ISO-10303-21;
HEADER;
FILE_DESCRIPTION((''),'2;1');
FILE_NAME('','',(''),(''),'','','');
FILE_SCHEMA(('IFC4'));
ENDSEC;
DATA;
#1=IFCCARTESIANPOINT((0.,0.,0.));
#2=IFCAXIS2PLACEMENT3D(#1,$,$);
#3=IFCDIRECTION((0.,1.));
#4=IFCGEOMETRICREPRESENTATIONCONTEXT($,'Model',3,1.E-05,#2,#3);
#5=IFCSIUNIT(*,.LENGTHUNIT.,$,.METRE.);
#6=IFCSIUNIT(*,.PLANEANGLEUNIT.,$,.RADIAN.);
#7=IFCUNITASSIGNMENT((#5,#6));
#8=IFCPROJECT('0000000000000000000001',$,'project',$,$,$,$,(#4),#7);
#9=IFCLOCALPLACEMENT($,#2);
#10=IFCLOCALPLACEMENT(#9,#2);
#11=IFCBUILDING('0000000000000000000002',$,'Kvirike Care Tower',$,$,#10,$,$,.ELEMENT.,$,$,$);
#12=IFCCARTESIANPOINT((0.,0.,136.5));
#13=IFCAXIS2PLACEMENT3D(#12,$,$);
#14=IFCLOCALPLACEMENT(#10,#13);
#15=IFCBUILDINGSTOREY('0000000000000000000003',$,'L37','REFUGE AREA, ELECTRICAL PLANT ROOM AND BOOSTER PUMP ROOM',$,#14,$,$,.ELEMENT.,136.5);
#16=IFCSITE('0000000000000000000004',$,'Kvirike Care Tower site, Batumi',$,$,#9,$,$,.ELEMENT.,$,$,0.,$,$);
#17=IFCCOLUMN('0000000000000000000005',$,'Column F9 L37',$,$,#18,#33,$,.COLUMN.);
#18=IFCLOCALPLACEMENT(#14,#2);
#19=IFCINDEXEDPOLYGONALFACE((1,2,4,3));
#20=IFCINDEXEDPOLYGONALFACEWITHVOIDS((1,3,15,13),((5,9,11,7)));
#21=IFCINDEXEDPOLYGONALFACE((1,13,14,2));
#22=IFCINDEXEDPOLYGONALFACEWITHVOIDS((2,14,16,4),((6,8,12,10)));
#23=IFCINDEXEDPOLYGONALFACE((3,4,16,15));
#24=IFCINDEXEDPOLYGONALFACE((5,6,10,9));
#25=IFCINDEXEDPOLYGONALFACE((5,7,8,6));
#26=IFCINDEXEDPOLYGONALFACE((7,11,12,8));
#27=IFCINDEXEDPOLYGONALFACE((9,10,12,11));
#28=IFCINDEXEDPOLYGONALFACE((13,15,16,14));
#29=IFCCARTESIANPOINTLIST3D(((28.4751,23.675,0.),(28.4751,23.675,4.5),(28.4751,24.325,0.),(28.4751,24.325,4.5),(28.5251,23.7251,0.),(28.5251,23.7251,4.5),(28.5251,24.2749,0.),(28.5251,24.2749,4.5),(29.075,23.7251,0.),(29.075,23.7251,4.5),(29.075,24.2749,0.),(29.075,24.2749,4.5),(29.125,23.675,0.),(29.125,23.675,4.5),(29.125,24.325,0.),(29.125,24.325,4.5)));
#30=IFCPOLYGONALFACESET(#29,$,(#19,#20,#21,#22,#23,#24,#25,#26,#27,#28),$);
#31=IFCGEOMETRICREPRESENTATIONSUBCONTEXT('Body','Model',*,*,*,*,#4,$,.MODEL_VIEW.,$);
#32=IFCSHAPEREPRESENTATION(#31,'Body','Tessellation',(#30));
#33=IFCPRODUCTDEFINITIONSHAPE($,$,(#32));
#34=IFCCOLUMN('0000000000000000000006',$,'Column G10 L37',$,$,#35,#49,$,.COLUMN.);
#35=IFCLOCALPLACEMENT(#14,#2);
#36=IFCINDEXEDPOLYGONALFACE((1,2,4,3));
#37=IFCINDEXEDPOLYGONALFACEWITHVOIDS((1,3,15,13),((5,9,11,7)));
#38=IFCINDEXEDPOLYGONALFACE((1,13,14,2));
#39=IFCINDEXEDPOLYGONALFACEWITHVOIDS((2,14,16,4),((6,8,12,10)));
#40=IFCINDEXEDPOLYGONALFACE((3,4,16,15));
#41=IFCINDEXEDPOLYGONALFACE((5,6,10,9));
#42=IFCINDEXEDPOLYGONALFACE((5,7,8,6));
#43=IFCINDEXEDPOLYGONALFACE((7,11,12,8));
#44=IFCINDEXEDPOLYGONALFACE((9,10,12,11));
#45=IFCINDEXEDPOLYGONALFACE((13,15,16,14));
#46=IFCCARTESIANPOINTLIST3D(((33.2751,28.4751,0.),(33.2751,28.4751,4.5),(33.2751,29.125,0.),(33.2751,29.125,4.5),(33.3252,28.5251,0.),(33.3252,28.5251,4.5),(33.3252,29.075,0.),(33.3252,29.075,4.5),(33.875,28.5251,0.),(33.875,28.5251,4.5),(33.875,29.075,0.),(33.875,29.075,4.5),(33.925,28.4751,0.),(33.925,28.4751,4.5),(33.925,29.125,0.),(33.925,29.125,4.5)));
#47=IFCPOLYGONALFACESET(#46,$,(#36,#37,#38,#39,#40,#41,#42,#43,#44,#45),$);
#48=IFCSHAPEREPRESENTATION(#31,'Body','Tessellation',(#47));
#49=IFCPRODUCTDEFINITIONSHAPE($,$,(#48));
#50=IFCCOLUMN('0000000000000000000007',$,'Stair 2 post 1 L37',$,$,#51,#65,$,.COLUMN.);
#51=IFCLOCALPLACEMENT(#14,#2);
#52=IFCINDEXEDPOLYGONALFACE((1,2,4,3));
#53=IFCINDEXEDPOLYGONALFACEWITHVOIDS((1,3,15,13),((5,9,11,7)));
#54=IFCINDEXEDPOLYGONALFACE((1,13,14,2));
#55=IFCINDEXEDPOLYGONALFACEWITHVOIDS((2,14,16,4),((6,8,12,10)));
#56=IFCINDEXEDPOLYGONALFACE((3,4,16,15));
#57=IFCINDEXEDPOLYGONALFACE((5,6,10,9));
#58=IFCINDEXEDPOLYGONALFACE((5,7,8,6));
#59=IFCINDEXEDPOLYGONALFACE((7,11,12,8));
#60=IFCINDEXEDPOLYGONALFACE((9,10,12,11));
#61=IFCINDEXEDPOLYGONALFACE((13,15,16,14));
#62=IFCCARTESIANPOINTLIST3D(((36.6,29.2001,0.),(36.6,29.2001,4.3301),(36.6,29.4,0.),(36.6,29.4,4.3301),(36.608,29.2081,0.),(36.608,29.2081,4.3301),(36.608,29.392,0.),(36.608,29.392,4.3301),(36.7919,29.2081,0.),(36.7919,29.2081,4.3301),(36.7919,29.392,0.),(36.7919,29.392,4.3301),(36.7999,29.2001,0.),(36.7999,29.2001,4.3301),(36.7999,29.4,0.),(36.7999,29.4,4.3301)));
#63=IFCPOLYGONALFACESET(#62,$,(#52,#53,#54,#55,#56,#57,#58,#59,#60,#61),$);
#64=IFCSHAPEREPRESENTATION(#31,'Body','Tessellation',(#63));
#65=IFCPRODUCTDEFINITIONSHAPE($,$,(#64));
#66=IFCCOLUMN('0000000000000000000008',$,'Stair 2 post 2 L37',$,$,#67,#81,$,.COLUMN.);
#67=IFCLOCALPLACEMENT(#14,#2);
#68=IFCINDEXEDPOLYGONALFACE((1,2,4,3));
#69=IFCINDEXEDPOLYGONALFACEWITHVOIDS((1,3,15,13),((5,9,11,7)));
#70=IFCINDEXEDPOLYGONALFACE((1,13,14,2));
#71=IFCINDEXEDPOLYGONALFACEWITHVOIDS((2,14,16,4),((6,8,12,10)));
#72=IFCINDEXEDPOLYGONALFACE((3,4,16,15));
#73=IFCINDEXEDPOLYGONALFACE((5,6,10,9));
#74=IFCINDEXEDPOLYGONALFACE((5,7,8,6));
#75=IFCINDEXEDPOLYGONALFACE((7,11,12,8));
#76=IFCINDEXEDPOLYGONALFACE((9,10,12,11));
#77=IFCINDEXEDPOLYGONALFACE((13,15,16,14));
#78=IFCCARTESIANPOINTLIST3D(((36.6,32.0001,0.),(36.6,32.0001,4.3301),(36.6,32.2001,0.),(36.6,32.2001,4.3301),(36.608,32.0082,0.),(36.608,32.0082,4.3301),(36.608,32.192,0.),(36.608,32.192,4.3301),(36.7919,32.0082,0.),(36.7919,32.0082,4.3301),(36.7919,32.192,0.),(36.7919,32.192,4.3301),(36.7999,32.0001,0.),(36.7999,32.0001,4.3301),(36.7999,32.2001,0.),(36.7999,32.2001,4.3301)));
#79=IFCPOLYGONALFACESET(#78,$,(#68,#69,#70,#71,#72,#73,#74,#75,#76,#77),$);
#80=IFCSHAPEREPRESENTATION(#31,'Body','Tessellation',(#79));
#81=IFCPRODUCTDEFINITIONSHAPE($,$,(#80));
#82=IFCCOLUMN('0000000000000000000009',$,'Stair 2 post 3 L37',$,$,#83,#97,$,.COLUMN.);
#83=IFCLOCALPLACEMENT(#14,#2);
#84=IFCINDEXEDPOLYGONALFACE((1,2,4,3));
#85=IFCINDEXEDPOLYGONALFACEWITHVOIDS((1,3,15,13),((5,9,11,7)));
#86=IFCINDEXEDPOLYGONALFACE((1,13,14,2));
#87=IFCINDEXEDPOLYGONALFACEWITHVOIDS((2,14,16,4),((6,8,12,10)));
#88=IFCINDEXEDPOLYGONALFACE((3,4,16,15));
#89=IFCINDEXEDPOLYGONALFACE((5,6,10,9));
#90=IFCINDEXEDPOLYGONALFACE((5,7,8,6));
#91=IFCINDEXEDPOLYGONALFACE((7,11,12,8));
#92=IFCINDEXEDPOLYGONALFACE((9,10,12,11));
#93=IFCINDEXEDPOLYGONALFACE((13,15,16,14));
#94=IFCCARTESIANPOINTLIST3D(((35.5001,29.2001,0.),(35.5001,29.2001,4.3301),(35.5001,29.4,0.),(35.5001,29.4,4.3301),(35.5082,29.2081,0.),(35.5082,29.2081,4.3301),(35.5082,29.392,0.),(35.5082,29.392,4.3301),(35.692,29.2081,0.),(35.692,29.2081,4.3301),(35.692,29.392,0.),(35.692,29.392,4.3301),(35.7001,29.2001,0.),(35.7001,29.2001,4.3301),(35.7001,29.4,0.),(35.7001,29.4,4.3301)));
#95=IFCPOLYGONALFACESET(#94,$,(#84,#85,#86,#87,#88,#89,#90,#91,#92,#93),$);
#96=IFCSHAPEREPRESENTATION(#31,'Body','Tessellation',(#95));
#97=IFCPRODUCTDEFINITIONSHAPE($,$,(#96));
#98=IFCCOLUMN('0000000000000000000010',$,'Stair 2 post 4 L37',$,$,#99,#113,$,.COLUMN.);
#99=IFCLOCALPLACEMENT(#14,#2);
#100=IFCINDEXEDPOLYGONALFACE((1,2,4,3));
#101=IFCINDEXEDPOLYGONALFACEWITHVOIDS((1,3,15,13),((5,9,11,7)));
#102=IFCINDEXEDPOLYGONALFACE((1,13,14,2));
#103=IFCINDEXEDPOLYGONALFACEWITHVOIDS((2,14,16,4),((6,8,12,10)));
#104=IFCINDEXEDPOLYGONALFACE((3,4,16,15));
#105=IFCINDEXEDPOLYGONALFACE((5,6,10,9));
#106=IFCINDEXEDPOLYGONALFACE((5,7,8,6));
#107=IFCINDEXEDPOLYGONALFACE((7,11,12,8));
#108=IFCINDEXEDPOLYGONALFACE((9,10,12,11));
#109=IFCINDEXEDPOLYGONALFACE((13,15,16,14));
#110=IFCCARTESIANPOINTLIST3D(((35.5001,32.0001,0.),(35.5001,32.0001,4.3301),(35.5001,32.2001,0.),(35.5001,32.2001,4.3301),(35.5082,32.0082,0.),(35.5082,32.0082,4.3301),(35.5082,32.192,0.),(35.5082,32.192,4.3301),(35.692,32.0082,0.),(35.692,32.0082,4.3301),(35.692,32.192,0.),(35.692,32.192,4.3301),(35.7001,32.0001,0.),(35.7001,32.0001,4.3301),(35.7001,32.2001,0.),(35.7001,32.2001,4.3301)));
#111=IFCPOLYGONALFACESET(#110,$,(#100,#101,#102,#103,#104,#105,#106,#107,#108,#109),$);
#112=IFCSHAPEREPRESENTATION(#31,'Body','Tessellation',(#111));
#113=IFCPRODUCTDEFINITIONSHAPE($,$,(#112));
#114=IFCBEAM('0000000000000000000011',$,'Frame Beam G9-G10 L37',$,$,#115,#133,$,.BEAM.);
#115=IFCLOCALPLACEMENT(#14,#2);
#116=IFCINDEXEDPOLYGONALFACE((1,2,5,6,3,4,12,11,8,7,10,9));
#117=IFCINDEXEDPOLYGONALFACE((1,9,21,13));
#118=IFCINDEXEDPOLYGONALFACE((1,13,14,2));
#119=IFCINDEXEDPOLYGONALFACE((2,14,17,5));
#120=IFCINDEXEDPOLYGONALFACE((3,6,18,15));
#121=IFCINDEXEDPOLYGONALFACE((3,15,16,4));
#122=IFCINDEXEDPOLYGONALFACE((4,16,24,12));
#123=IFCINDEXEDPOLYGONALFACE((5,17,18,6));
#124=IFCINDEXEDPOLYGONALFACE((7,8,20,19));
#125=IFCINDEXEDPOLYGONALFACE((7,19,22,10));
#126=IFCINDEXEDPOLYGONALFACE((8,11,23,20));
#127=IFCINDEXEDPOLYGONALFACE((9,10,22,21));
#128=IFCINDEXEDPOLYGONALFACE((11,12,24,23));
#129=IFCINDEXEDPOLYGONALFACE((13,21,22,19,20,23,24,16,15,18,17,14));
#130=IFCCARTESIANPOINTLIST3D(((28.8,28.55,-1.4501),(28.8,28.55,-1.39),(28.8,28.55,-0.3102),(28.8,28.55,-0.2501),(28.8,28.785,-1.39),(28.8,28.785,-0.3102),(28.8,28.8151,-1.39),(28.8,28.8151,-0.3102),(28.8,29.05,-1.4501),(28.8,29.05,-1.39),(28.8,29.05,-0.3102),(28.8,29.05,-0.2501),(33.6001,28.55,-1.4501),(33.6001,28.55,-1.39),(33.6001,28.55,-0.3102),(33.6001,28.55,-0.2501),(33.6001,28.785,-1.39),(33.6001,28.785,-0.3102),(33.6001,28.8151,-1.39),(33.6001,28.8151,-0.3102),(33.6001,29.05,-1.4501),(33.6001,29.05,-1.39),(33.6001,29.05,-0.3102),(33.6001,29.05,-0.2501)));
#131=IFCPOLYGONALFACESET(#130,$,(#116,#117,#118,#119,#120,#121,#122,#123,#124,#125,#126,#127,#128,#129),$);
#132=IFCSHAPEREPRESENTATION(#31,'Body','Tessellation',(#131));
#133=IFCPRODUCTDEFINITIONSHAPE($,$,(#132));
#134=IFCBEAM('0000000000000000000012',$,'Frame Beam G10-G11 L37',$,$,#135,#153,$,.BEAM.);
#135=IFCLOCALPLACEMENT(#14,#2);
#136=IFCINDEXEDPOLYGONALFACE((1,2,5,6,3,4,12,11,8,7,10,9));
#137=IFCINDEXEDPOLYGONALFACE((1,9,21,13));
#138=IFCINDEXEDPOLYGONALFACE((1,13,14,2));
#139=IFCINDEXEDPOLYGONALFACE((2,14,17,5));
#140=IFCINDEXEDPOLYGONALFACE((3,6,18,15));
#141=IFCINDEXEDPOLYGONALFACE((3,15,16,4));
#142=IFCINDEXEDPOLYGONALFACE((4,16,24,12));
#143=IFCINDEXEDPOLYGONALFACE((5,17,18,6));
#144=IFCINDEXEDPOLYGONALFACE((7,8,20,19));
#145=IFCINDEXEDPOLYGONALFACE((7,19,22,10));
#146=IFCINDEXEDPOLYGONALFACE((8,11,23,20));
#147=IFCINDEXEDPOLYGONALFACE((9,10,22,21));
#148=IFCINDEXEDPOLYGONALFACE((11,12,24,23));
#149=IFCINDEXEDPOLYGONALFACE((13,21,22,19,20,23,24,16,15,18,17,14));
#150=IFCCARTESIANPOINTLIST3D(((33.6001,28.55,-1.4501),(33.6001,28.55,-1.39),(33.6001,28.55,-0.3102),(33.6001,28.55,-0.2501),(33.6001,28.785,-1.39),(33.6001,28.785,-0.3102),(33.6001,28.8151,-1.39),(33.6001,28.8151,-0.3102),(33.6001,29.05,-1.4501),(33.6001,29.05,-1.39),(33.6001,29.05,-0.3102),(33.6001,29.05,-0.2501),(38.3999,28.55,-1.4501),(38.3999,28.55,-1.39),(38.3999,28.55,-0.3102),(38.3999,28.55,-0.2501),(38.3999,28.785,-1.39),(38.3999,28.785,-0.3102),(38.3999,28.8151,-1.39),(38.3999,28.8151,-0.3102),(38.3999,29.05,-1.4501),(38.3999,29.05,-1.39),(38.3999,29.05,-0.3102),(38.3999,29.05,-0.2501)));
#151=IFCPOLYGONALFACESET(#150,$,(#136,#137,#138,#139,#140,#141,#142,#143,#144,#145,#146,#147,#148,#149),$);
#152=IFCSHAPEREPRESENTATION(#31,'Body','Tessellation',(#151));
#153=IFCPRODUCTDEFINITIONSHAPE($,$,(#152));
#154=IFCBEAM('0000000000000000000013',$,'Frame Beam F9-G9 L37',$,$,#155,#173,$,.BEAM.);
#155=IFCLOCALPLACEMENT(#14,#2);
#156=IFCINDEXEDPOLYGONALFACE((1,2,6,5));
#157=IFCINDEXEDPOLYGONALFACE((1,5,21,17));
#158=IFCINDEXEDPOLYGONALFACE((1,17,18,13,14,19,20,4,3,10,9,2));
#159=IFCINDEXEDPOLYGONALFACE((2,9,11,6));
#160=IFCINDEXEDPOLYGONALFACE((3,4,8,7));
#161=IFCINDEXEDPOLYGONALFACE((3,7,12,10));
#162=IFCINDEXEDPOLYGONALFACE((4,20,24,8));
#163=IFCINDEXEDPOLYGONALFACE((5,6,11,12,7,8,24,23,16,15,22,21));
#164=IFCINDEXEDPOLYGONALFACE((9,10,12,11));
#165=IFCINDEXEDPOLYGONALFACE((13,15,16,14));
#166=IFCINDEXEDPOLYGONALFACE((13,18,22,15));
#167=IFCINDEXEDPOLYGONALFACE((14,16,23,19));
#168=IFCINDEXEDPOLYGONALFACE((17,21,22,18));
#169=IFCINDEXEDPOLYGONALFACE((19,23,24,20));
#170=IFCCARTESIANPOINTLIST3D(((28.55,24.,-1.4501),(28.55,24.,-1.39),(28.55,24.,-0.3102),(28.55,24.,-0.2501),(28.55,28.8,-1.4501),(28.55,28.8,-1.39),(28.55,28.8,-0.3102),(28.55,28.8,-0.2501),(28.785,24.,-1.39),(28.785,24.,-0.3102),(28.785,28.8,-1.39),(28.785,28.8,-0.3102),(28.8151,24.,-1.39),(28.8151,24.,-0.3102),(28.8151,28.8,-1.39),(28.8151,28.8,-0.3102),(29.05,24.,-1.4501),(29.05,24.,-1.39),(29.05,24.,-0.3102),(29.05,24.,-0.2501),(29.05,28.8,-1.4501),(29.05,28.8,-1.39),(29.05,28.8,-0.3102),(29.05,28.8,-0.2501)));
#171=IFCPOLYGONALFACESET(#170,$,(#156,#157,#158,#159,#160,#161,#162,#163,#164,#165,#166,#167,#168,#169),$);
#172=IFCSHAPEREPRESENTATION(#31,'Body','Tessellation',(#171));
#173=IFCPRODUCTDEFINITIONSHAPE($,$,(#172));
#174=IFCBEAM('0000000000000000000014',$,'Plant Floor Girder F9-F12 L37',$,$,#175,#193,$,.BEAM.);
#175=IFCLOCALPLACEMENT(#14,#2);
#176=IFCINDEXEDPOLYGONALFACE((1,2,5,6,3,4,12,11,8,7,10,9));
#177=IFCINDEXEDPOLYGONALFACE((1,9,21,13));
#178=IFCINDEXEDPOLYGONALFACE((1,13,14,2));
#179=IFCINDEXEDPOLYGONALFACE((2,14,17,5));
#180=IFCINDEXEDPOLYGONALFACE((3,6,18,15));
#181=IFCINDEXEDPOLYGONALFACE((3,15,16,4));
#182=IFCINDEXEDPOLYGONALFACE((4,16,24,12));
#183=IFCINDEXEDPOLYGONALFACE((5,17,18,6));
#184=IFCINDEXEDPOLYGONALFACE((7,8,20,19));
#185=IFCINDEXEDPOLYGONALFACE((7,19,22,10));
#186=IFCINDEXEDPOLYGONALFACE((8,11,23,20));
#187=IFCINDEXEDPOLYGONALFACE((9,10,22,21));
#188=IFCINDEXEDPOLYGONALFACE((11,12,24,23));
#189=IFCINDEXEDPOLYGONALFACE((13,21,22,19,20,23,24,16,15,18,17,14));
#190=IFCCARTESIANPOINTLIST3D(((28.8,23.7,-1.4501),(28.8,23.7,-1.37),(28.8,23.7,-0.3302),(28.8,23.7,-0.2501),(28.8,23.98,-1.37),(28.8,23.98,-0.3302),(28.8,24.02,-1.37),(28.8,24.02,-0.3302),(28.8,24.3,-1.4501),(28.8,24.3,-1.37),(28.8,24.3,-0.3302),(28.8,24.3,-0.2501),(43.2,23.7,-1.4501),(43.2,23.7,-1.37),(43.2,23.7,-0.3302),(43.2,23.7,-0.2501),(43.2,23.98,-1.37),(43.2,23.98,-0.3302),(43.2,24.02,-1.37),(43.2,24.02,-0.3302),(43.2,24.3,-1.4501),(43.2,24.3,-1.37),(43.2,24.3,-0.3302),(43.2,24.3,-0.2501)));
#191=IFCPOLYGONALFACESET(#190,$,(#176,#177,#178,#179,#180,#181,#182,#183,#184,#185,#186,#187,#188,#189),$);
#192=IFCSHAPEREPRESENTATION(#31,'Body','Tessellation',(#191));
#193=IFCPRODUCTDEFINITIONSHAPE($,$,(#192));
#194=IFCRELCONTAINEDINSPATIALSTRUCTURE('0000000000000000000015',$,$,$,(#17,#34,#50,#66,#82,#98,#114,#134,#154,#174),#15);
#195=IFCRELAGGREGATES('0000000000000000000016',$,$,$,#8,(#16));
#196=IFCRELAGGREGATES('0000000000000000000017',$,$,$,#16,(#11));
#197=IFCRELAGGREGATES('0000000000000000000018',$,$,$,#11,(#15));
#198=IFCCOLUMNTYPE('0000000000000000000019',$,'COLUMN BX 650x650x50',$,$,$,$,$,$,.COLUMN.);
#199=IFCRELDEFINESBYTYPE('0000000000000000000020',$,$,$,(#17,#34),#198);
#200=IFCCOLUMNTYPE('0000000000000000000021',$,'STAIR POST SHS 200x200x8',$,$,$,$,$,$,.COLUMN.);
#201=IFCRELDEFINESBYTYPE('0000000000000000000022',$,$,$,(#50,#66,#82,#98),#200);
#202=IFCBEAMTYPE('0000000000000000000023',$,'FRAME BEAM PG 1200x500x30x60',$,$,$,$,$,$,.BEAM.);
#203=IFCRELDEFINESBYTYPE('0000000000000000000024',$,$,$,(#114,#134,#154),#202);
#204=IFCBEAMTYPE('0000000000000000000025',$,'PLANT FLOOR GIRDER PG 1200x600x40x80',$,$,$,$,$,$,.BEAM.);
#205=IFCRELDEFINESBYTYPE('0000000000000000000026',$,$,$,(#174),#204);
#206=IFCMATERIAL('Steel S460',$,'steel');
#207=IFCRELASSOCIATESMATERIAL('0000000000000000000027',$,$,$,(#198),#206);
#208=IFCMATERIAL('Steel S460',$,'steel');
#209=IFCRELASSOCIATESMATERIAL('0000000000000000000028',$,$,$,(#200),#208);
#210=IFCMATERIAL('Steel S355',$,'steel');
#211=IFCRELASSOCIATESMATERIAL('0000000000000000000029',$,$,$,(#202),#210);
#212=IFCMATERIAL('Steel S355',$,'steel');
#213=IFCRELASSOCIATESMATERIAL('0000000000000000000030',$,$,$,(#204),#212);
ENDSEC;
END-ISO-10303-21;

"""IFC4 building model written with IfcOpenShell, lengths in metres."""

from ifc_helpers import new_model, si_unit, direction, frame, origin, origin_2d, place, context, subcontext, project, spatial, hollow_rectangle, i_section, extrude, material, material_profile, profile_set, type_object, element, save


model = new_model("IFC4")

# Units and contexts
model_context = context("Model", 3, precision=1e-05, world=origin(), true_north=direction((0.0, 1.0)))
body_context = subcontext(model_context, "Body", "Model", "MODEL_VIEW")
ifc_project = project(units=[si_unit("LENGTHUNIT", "METRE"), si_unit("PLANEANGLEUNIT", "RADIAN")], contexts=[model_context])

# Site, building, storey
site_placement = place(None, origin())
site = spatial("IfcSite", under=ifc_project, at=site_placement, Name="Kvirike Care Tower site, Batumi", CompositionType="ELEMENT", RefElevation=0.0)
building_placement = place(site_placement, origin())
building = spatial("IfcBuilding", under=site, at=building_placement, Name="Kvirike Care Tower", CompositionType="ELEMENT")
storey_placement = place(building_placement, frame((0.0, 0.0, 136.5)))
storey = spatial("IfcBuildingStorey", under=building, at=storey_placement, Name="L37", Description="REFUGE AREA, ELECTRICAL PLANT ROOM AND BOOSTER PUMP ROOM", CompositionType="ELEMENT", Elevation=136.5)

# Columns
ifc_material_1 = material(Name="Steel S460", Category="steel")
ifc_material_profile_1 = material_profile(ifc_material_1, hollow_rectangle(XDim=0.6499, YDim=0.6499, WallThickness=0.05, at=origin_2d()), Name="BX 650x650x50")
ifc_profile_set_1 = profile_set([ifc_material_profile_1], Name="Steel S460")
column_type_1 = type_object("IfcColumnType", Name="COLUMN BX 650x650x50", PredefinedType="COLUMN", material=ifc_profile_set_1)
for number, where, z_axis, x_axis, name in (
    (1, (28.8, 24.0, 0.0), (0.0, 0.0, 1.0), (1.0, 0.0, 0.0), "Column F9 L37"),
    (2, (33.6001, 28.8, 0.0), (0.0, 0.0, 1.0), (0.0, 1.0, 0.0), "Column G10 L37"),
):
    element("IfcColumn", number, at=place(storey_placement, frame(where, z_axis=z_axis, x_axis=x_axis)), inside=storey, type_object=column_type_1, Name=name, PredefinedType="COLUMN", context=body_context, shape_type="SweptSolid", body=[
        extrude(hollow_rectangle(XDim=0.6499, YDim=0.6499, WallThickness=0.05, at=origin_2d()), origin(), (0.0, 0.0, 1.0), 4.5),
    ])
ifc_material_2 = material(Name="Steel S460", Category="steel")
ifc_material_profile_2 = material_profile(ifc_material_2, hollow_rectangle(XDim=0.2, YDim=0.2, WallThickness=0.0081, at=origin_2d()), Name="SHS 200x200x8")
ifc_profile_set_2 = profile_set([ifc_material_profile_2], Name="Steel S460")
column_type_2 = type_object("IfcColumnType", Name="STAIR POST SHS 200x200x8", PredefinedType="COLUMN", material=ifc_profile_set_2)
for number, where, z_axis, x_axis, name in (
    (3, (36.7, 29.3, 0.0), (0.0, 0.0, 1.0), (1.0, 0.0, 0.0), "Stair 2 post 1 L37"),
    (4, (36.7, 32.1001, 0.0), (0.0, 0.0, 1.0), (1.0, 0.0, 0.0), "Stair 2 post 2 L37"),
    (5, (35.6001, 29.3, 0.0), (0.0, 0.0, 1.0), (1.0, 0.0, 0.0), "Stair 2 post 3 L37"),
    (6, (35.6001, 32.1001, 0.0), (0.0, 0.0, 1.0), (1.0, 0.0, 0.0), "Stair 2 post 4 L37"),
):
    element("IfcColumn", number, at=place(storey_placement, frame(where, z_axis=z_axis, x_axis=x_axis)), inside=storey, type_object=column_type_2, Name=name, PredefinedType="COLUMN", context=body_context, shape_type="SweptSolid", body=[
        extrude(hollow_rectangle(XDim=0.2, YDim=0.2, WallThickness=0.0081, at=origin_2d()), origin(), (0.0, 0.0, 1.0), 4.3301),
    ])

# Beams
ifc_material_3 = material(Name="Steel S355", Category="steel")
ifc_material_profile_3 = material_profile(ifc_material_3, i_section(OverallWidth=0.5, OverallDepth=1.2, WebThickness=0.03, FlangeThickness=0.0601, at=origin_2d()), Name="PG 1200x500x30x60")
ifc_profile_set_3 = profile_set([ifc_material_profile_3], Name="Steel S355")
beam_type_1 = type_object("IfcBeamType", Name="FRAME BEAM PG 1200x500x30x60", PredefinedType="BEAM", material=ifc_profile_set_3)
beam_1_placement = place(storey_placement, frame((28.8, 28.8, -0.8501), z_axis=(1.0, 0.0, 0.0), x_axis=(0.0, 1.0, 0.0)))
element("IfcBeam", 7, at=beam_1_placement, inside=storey, type_object=beam_type_1, Name="Frame Beam G9-G10 L37", PredefinedType="BEAM", context=body_context, shape_type="SweptSolid", body=[
    extrude(i_section(OverallWidth=0.5, OverallDepth=1.2, WebThickness=0.03, FlangeThickness=0.0601, at=origin_2d()), origin(), (0.0, 0.0, 1.0), 4.8),
])
beam_2_placement = place(storey_placement, frame((33.6001, 28.8, -0.8501), z_axis=(1.0, 0.0, 0.0), x_axis=(0.0, 1.0, 0.0)))
element("IfcBeam", 8, at=beam_2_placement, inside=storey, type_object=beam_type_1, Name="Frame Beam G10-G11 L37", PredefinedType="BEAM", context=body_context, shape_type="SweptSolid", body=[
    extrude(i_section(OverallWidth=0.5, OverallDepth=1.2, WebThickness=0.03, FlangeThickness=0.0601, at=origin_2d()), origin(), (0.0, 0.0, 1.0), 4.7998),
])
beam_3_placement = place(storey_placement, frame((28.8, 24.0, -0.8501), z_axis=(0.0, 1.0, 0.0), x_axis=(-1.0, 0.0, 0.0)))
element("IfcBeam", 9, at=beam_3_placement, inside=storey, type_object=beam_type_1, Name="Frame Beam F9-G9 L37", PredefinedType="BEAM", context=body_context, shape_type="SweptSolid", body=[
    extrude(i_section(OverallWidth=0.5, OverallDepth=1.2, WebThickness=0.03, FlangeThickness=0.0601, at=origin_2d()), origin(), (0.0, 0.0, 1.0), 4.8),
])
ifc_material_4 = material(Name="Steel S355", Category="steel")
ifc_material_profile_4 = material_profile(ifc_material_4, i_section(OverallWidth=0.6001, OverallDepth=1.2, WebThickness=0.04, FlangeThickness=0.0801, at=origin_2d()), Name="PG 1200x600x40x80")
ifc_profile_set_4 = profile_set([ifc_material_profile_4], Name="Steel S355")
beam_type_2 = type_object("IfcBeamType", Name="PLANT FLOOR GIRDER PG 1200x600x40x80", PredefinedType="BEAM", material=ifc_profile_set_4)
for number, where, z_axis, x_axis, name in (
    (10, (28.8, 24.0, -0.8501), (1.0, 0.0, 0.0), (0.0, 1.0, 0.0), "Plant Floor Girder F9-F12 L37"),
):
    element("IfcBeam", number, at=place(storey_placement, frame(where, z_axis=z_axis, x_axis=x_axis)), inside=storey, type_object=beam_type_2, Name=name, PredefinedType="BEAM", context=body_context, shape_type="SweptSolid", body=[
        extrude(i_section(OverallWidth=0.6001, OverallDepth=1.2, WebThickness=0.04, FlangeThickness=0.0801, at=origin_2d()), origin(), (0.0, 0.0, 1.0), 14.3999),
    ])

save(model, "model.ifc")
